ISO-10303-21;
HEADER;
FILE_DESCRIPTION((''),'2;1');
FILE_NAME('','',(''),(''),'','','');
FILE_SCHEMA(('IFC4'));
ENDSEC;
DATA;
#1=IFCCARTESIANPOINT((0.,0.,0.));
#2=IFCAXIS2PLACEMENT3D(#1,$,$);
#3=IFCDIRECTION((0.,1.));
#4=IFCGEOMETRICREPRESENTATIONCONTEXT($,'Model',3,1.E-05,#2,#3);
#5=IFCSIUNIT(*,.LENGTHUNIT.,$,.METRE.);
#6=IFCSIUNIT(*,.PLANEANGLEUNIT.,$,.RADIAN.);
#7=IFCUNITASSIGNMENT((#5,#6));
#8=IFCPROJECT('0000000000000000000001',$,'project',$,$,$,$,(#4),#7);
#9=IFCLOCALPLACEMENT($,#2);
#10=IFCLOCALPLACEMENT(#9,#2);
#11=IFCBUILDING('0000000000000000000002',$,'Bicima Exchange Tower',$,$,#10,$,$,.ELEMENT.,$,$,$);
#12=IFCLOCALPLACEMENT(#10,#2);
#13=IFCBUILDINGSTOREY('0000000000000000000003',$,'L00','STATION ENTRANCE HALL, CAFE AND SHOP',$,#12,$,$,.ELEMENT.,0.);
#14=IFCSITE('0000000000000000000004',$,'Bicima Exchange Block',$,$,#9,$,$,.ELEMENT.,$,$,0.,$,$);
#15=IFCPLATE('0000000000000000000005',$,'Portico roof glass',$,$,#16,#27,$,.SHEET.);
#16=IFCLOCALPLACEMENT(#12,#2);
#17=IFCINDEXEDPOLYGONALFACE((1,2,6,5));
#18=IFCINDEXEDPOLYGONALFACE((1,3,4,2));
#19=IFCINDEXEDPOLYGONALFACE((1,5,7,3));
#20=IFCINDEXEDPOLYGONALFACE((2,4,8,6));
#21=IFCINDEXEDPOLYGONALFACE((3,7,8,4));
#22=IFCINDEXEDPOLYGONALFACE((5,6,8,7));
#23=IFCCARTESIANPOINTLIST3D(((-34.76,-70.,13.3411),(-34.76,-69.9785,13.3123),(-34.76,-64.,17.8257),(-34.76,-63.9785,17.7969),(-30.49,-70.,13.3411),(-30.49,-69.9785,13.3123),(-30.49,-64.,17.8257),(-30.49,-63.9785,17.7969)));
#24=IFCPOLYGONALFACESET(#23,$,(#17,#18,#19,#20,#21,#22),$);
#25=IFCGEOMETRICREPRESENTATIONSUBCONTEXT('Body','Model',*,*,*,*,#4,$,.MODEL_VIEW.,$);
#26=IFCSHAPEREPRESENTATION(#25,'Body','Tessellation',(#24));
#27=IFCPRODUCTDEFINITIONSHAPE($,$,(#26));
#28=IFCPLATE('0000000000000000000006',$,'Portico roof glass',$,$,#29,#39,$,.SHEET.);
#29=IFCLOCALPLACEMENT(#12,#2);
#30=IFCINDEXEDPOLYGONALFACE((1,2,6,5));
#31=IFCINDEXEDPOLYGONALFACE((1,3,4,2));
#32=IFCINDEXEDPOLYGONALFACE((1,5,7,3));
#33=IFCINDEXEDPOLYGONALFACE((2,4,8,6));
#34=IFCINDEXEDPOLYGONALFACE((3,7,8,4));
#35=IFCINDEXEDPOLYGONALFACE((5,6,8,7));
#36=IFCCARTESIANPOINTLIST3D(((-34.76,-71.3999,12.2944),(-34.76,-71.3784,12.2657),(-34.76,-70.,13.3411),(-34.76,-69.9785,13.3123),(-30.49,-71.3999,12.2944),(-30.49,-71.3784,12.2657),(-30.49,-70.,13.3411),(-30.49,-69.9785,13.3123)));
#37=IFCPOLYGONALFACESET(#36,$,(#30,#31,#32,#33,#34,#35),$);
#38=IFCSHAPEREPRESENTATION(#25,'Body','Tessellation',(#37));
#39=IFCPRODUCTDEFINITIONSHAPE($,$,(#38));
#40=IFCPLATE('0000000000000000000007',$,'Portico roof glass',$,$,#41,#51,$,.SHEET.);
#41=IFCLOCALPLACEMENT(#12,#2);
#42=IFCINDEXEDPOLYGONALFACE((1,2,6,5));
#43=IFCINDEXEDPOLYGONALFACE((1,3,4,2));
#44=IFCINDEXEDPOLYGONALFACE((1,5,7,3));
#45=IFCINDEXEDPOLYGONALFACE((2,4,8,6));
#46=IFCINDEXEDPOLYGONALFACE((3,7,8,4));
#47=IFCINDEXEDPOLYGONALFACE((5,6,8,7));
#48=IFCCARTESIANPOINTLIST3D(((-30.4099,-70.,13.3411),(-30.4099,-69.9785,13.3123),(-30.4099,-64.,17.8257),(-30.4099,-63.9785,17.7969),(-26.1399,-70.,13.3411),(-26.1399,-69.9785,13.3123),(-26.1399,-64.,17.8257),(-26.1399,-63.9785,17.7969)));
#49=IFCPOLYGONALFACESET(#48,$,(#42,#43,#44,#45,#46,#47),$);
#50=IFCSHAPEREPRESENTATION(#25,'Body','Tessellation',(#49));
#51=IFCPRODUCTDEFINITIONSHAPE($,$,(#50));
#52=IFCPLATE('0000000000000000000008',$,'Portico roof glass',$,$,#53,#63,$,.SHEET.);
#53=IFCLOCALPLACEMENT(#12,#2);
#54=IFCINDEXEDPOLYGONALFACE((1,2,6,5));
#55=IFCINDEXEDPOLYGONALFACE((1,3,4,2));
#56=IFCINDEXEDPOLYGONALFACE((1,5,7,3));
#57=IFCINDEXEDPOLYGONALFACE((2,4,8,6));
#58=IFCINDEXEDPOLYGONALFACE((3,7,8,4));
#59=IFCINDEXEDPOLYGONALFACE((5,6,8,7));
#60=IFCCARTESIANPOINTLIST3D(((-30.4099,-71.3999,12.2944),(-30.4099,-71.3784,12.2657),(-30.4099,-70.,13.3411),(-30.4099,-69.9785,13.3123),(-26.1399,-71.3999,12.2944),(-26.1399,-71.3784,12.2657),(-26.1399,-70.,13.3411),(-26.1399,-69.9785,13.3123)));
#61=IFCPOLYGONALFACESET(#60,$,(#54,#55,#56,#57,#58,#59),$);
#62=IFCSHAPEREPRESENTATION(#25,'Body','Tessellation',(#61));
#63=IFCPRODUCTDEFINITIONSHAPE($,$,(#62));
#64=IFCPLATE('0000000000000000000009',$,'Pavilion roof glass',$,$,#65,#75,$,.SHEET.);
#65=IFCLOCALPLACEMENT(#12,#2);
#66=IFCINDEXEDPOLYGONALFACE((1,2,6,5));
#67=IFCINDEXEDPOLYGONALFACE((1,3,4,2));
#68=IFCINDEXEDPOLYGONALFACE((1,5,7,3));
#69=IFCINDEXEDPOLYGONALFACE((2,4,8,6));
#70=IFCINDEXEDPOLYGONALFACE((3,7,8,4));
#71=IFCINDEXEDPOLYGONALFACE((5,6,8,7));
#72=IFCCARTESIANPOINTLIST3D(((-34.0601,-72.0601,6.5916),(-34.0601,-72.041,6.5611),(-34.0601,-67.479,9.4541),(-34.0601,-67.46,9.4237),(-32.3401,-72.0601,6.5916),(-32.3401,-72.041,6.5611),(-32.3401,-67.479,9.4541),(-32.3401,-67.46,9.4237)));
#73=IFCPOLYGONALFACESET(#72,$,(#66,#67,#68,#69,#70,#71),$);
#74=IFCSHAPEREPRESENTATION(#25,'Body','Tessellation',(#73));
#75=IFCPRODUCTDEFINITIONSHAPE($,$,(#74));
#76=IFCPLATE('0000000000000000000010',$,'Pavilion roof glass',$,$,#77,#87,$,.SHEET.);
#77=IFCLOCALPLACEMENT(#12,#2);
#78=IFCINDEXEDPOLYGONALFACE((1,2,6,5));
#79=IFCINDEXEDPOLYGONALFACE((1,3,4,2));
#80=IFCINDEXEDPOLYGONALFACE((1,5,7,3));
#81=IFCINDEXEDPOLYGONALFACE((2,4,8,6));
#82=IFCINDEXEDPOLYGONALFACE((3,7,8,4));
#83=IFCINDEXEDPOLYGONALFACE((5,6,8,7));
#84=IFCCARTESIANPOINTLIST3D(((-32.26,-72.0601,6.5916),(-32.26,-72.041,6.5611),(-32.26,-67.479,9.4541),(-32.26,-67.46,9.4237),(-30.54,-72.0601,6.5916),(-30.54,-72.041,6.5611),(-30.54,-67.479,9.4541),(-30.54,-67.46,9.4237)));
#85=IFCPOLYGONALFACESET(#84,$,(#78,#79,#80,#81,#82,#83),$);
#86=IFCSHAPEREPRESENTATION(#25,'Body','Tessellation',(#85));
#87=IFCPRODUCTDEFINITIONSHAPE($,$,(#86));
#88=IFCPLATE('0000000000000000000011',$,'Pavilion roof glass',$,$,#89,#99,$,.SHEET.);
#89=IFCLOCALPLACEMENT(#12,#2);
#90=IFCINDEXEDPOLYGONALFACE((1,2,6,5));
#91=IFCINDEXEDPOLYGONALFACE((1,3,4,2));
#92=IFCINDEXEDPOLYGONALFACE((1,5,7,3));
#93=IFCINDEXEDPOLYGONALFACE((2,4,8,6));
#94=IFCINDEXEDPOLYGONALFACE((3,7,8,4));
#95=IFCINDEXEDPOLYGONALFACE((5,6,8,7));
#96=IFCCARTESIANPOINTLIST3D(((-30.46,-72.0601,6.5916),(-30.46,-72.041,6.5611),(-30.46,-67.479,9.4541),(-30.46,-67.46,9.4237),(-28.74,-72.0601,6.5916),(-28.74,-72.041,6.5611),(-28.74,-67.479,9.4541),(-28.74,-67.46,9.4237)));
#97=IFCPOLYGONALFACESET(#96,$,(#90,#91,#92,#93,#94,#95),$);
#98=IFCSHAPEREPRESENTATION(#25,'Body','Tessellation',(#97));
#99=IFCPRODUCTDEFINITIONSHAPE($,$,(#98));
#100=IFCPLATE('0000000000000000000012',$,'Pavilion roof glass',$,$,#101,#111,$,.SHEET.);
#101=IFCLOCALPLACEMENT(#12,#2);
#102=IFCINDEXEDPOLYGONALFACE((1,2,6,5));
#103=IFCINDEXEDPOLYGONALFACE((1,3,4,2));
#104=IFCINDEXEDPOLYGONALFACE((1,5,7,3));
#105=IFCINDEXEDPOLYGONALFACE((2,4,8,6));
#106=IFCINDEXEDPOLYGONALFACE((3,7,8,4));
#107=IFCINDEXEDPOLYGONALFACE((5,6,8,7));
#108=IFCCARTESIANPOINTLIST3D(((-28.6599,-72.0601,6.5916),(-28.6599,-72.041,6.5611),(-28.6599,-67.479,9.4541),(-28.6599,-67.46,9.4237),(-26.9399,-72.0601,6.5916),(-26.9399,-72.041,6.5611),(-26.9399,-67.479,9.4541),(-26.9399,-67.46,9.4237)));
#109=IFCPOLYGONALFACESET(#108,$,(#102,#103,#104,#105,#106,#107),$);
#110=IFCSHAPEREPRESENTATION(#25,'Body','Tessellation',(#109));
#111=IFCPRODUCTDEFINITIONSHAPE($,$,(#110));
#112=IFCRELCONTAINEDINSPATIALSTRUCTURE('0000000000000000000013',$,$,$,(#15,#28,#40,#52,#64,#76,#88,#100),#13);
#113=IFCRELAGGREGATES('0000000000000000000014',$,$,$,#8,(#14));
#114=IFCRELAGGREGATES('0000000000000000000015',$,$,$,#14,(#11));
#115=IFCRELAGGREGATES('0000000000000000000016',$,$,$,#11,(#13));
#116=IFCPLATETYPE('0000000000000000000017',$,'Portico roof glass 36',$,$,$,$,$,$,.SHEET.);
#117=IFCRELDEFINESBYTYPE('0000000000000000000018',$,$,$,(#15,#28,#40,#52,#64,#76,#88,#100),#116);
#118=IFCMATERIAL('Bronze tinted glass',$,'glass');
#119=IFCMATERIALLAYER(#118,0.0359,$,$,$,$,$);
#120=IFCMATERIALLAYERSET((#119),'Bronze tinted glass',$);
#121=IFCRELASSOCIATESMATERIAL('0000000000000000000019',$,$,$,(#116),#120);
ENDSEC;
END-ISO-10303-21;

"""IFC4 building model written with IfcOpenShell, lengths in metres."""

from ifc_helpers import new_model, si_unit, direction, frame, origin, place, context, subcontext, project, spatial, polyline, outline, extrude, material, layer, layer_set, type_object, element, save


model = new_model("IFC4")

# Units and contexts
model_context = context("Model", 3, precision=1e-05, world=origin(), true_north=direction((0.0, 1.0)))
body_context = subcontext(model_context, "Body", "Model", "MODEL_VIEW")
ifc_project = project(units=[si_unit("LENGTHUNIT", "METRE"), si_unit("PLANEANGLEUNIT", "RADIAN")], contexts=[model_context])

# Site, building, storey
site_placement = place(None, origin())
site = spatial("IfcSite", under=ifc_project, at=site_placement, Name="Bicima Exchange Block", CompositionType="ELEMENT", RefElevation=0.0)
building_placement = place(site_placement, origin())
building = spatial("IfcBuilding", under=site, at=building_placement, Name="Bicima Exchange Tower", CompositionType="ELEMENT")
storey_placement = place(building_placement, origin())
storey = spatial("IfcBuildingStorey", under=building, at=storey_placement, Name="L00", Description="STATION ENTRANCE HALL, CAFE AND SHOP", CompositionType="ELEMENT", Elevation=0.0)

# Plates
ifc_material_1 = material(Name="Bronze tinted glass", Category="glass")
ifc_layer = layer(ifc_material_1, 0.0359)
ifc_layer_set = layer_set([ifc_layer], Name="Bronze tinted glass")
plate_type = type_object("IfcPlateType", Name="Portico roof glass 36", PredefinedType="SHEET", material=ifc_layer_set)
plate_1_placement = place(storey_placement, frame((-34.76, -64.0, 17.8257), z_axis=(0.0, -0.598685, 0.800985), x_axis=(1.0, 0.0, 0.0)))
element("IfcPlate", 1, at=plate_1_placement, inside=storey, type_object=plate_type, Name="Portico roof glass", PredefinedType="SHEET", context=body_context, shape_type="SweptSolid", body=[
    extrude(outline(polyline([(0.0, 0.0), (4.27, 0.0), (4.27, -7.4908), (0.0, -7.4908), (0.0, 0.0)])), origin(), (0.0, 0.0, -1.0), 0.0359),
])
plate_2_placement = place(storey_placement, frame((-34.76, -70.0, 13.3411), z_axis=(0.0, -0.598793, 0.800904), x_axis=(1.0, 0.0, 0.0)))
element("IfcPlate", 2, at=plate_2_placement, inside=storey, type_object=plate_type, Name="Portico roof glass", PredefinedType="SHEET", context=body_context, shape_type="SweptSolid", body=[
    extrude(outline(polyline([(0.0, 0.0), (4.27, 0.0), (4.27, -1.7479), (0.0, -1.7479), (0.0, 0.0)])), origin(), (0.0, 0.0, -1.0), 0.0359),
])
plate_3_placement = place(storey_placement, frame((-30.4099, -64.0, 17.8257), z_axis=(0.0, -0.598685, 0.800985), x_axis=(1.0, 0.0, 0.0)))
element("IfcPlate", 3, at=plate_3_placement, inside=storey, type_object=plate_type, Name="Portico roof glass", PredefinedType="SHEET", context=body_context, shape_type="SweptSolid", body=[
    extrude(outline(polyline([(0.0, 0.0), (4.27, 0.0), (4.27, -7.4908), (0.0, -7.4908), (0.0, 0.0)])), origin(), (0.0, 0.0, -1.0), 0.0359),
])
plate_4_placement = place(storey_placement, frame((-30.4099, -70.0, 13.3411), z_axis=(0.0, -0.598793, 0.800904), x_axis=(1.0, 0.0, 0.0)))
element("IfcPlate", 4, at=plate_4_placement, inside=storey, type_object=plate_type, Name="Portico roof glass", PredefinedType="SHEET", context=body_context, shape_type="SweptSolid", body=[
    extrude(outline(polyline([(0.0, 0.0), (4.27, 0.0), (4.27, -1.7479), (0.0, -1.7479), (0.0, 0.0)])), origin(), (0.0, 0.0, -1.0), 0.0359),
])
for number, where, z_axis, x_axis, name in (
    (5, (-34.0601, -67.479, 9.4541), (0.0, -0.529918, 0.848049), (1.0, 0.0, 0.0), "Pavilion roof glass"),
    (6, (-32.26, -67.479, 9.4541), (0.0, -0.529918, 0.848049), (1.0, 0.0, 0.0), "Pavilion roof glass"),
    (7, (-30.46, -67.479, 9.4541), (0.0, -0.529918, 0.848049), (1.0, 0.0, 0.0), "Pavilion roof glass"),
    (8, (-28.6599, -67.479, 9.4541), (0.0, -0.529918, 0.848049), (1.0, 0.0, 0.0), "Pavilion roof glass"),
):
    element("IfcPlate", number, at=place(storey_placement, frame(where, z_axis=z_axis, x_axis=x_axis)), inside=storey, type_object=plate_type, Name=name, PredefinedType="SHEET", context=body_context, shape_type="SweptSolid", body=[
        extrude(outline(polyline([(0.0, 0.0), (1.72, 0.0), (1.72, -5.4019), (0.0, -5.4019), (0.0, 0.0)])), origin(), (0.0, 0.0, -1.0), 0.0359),
    ])

save(model, "model.ifc")
